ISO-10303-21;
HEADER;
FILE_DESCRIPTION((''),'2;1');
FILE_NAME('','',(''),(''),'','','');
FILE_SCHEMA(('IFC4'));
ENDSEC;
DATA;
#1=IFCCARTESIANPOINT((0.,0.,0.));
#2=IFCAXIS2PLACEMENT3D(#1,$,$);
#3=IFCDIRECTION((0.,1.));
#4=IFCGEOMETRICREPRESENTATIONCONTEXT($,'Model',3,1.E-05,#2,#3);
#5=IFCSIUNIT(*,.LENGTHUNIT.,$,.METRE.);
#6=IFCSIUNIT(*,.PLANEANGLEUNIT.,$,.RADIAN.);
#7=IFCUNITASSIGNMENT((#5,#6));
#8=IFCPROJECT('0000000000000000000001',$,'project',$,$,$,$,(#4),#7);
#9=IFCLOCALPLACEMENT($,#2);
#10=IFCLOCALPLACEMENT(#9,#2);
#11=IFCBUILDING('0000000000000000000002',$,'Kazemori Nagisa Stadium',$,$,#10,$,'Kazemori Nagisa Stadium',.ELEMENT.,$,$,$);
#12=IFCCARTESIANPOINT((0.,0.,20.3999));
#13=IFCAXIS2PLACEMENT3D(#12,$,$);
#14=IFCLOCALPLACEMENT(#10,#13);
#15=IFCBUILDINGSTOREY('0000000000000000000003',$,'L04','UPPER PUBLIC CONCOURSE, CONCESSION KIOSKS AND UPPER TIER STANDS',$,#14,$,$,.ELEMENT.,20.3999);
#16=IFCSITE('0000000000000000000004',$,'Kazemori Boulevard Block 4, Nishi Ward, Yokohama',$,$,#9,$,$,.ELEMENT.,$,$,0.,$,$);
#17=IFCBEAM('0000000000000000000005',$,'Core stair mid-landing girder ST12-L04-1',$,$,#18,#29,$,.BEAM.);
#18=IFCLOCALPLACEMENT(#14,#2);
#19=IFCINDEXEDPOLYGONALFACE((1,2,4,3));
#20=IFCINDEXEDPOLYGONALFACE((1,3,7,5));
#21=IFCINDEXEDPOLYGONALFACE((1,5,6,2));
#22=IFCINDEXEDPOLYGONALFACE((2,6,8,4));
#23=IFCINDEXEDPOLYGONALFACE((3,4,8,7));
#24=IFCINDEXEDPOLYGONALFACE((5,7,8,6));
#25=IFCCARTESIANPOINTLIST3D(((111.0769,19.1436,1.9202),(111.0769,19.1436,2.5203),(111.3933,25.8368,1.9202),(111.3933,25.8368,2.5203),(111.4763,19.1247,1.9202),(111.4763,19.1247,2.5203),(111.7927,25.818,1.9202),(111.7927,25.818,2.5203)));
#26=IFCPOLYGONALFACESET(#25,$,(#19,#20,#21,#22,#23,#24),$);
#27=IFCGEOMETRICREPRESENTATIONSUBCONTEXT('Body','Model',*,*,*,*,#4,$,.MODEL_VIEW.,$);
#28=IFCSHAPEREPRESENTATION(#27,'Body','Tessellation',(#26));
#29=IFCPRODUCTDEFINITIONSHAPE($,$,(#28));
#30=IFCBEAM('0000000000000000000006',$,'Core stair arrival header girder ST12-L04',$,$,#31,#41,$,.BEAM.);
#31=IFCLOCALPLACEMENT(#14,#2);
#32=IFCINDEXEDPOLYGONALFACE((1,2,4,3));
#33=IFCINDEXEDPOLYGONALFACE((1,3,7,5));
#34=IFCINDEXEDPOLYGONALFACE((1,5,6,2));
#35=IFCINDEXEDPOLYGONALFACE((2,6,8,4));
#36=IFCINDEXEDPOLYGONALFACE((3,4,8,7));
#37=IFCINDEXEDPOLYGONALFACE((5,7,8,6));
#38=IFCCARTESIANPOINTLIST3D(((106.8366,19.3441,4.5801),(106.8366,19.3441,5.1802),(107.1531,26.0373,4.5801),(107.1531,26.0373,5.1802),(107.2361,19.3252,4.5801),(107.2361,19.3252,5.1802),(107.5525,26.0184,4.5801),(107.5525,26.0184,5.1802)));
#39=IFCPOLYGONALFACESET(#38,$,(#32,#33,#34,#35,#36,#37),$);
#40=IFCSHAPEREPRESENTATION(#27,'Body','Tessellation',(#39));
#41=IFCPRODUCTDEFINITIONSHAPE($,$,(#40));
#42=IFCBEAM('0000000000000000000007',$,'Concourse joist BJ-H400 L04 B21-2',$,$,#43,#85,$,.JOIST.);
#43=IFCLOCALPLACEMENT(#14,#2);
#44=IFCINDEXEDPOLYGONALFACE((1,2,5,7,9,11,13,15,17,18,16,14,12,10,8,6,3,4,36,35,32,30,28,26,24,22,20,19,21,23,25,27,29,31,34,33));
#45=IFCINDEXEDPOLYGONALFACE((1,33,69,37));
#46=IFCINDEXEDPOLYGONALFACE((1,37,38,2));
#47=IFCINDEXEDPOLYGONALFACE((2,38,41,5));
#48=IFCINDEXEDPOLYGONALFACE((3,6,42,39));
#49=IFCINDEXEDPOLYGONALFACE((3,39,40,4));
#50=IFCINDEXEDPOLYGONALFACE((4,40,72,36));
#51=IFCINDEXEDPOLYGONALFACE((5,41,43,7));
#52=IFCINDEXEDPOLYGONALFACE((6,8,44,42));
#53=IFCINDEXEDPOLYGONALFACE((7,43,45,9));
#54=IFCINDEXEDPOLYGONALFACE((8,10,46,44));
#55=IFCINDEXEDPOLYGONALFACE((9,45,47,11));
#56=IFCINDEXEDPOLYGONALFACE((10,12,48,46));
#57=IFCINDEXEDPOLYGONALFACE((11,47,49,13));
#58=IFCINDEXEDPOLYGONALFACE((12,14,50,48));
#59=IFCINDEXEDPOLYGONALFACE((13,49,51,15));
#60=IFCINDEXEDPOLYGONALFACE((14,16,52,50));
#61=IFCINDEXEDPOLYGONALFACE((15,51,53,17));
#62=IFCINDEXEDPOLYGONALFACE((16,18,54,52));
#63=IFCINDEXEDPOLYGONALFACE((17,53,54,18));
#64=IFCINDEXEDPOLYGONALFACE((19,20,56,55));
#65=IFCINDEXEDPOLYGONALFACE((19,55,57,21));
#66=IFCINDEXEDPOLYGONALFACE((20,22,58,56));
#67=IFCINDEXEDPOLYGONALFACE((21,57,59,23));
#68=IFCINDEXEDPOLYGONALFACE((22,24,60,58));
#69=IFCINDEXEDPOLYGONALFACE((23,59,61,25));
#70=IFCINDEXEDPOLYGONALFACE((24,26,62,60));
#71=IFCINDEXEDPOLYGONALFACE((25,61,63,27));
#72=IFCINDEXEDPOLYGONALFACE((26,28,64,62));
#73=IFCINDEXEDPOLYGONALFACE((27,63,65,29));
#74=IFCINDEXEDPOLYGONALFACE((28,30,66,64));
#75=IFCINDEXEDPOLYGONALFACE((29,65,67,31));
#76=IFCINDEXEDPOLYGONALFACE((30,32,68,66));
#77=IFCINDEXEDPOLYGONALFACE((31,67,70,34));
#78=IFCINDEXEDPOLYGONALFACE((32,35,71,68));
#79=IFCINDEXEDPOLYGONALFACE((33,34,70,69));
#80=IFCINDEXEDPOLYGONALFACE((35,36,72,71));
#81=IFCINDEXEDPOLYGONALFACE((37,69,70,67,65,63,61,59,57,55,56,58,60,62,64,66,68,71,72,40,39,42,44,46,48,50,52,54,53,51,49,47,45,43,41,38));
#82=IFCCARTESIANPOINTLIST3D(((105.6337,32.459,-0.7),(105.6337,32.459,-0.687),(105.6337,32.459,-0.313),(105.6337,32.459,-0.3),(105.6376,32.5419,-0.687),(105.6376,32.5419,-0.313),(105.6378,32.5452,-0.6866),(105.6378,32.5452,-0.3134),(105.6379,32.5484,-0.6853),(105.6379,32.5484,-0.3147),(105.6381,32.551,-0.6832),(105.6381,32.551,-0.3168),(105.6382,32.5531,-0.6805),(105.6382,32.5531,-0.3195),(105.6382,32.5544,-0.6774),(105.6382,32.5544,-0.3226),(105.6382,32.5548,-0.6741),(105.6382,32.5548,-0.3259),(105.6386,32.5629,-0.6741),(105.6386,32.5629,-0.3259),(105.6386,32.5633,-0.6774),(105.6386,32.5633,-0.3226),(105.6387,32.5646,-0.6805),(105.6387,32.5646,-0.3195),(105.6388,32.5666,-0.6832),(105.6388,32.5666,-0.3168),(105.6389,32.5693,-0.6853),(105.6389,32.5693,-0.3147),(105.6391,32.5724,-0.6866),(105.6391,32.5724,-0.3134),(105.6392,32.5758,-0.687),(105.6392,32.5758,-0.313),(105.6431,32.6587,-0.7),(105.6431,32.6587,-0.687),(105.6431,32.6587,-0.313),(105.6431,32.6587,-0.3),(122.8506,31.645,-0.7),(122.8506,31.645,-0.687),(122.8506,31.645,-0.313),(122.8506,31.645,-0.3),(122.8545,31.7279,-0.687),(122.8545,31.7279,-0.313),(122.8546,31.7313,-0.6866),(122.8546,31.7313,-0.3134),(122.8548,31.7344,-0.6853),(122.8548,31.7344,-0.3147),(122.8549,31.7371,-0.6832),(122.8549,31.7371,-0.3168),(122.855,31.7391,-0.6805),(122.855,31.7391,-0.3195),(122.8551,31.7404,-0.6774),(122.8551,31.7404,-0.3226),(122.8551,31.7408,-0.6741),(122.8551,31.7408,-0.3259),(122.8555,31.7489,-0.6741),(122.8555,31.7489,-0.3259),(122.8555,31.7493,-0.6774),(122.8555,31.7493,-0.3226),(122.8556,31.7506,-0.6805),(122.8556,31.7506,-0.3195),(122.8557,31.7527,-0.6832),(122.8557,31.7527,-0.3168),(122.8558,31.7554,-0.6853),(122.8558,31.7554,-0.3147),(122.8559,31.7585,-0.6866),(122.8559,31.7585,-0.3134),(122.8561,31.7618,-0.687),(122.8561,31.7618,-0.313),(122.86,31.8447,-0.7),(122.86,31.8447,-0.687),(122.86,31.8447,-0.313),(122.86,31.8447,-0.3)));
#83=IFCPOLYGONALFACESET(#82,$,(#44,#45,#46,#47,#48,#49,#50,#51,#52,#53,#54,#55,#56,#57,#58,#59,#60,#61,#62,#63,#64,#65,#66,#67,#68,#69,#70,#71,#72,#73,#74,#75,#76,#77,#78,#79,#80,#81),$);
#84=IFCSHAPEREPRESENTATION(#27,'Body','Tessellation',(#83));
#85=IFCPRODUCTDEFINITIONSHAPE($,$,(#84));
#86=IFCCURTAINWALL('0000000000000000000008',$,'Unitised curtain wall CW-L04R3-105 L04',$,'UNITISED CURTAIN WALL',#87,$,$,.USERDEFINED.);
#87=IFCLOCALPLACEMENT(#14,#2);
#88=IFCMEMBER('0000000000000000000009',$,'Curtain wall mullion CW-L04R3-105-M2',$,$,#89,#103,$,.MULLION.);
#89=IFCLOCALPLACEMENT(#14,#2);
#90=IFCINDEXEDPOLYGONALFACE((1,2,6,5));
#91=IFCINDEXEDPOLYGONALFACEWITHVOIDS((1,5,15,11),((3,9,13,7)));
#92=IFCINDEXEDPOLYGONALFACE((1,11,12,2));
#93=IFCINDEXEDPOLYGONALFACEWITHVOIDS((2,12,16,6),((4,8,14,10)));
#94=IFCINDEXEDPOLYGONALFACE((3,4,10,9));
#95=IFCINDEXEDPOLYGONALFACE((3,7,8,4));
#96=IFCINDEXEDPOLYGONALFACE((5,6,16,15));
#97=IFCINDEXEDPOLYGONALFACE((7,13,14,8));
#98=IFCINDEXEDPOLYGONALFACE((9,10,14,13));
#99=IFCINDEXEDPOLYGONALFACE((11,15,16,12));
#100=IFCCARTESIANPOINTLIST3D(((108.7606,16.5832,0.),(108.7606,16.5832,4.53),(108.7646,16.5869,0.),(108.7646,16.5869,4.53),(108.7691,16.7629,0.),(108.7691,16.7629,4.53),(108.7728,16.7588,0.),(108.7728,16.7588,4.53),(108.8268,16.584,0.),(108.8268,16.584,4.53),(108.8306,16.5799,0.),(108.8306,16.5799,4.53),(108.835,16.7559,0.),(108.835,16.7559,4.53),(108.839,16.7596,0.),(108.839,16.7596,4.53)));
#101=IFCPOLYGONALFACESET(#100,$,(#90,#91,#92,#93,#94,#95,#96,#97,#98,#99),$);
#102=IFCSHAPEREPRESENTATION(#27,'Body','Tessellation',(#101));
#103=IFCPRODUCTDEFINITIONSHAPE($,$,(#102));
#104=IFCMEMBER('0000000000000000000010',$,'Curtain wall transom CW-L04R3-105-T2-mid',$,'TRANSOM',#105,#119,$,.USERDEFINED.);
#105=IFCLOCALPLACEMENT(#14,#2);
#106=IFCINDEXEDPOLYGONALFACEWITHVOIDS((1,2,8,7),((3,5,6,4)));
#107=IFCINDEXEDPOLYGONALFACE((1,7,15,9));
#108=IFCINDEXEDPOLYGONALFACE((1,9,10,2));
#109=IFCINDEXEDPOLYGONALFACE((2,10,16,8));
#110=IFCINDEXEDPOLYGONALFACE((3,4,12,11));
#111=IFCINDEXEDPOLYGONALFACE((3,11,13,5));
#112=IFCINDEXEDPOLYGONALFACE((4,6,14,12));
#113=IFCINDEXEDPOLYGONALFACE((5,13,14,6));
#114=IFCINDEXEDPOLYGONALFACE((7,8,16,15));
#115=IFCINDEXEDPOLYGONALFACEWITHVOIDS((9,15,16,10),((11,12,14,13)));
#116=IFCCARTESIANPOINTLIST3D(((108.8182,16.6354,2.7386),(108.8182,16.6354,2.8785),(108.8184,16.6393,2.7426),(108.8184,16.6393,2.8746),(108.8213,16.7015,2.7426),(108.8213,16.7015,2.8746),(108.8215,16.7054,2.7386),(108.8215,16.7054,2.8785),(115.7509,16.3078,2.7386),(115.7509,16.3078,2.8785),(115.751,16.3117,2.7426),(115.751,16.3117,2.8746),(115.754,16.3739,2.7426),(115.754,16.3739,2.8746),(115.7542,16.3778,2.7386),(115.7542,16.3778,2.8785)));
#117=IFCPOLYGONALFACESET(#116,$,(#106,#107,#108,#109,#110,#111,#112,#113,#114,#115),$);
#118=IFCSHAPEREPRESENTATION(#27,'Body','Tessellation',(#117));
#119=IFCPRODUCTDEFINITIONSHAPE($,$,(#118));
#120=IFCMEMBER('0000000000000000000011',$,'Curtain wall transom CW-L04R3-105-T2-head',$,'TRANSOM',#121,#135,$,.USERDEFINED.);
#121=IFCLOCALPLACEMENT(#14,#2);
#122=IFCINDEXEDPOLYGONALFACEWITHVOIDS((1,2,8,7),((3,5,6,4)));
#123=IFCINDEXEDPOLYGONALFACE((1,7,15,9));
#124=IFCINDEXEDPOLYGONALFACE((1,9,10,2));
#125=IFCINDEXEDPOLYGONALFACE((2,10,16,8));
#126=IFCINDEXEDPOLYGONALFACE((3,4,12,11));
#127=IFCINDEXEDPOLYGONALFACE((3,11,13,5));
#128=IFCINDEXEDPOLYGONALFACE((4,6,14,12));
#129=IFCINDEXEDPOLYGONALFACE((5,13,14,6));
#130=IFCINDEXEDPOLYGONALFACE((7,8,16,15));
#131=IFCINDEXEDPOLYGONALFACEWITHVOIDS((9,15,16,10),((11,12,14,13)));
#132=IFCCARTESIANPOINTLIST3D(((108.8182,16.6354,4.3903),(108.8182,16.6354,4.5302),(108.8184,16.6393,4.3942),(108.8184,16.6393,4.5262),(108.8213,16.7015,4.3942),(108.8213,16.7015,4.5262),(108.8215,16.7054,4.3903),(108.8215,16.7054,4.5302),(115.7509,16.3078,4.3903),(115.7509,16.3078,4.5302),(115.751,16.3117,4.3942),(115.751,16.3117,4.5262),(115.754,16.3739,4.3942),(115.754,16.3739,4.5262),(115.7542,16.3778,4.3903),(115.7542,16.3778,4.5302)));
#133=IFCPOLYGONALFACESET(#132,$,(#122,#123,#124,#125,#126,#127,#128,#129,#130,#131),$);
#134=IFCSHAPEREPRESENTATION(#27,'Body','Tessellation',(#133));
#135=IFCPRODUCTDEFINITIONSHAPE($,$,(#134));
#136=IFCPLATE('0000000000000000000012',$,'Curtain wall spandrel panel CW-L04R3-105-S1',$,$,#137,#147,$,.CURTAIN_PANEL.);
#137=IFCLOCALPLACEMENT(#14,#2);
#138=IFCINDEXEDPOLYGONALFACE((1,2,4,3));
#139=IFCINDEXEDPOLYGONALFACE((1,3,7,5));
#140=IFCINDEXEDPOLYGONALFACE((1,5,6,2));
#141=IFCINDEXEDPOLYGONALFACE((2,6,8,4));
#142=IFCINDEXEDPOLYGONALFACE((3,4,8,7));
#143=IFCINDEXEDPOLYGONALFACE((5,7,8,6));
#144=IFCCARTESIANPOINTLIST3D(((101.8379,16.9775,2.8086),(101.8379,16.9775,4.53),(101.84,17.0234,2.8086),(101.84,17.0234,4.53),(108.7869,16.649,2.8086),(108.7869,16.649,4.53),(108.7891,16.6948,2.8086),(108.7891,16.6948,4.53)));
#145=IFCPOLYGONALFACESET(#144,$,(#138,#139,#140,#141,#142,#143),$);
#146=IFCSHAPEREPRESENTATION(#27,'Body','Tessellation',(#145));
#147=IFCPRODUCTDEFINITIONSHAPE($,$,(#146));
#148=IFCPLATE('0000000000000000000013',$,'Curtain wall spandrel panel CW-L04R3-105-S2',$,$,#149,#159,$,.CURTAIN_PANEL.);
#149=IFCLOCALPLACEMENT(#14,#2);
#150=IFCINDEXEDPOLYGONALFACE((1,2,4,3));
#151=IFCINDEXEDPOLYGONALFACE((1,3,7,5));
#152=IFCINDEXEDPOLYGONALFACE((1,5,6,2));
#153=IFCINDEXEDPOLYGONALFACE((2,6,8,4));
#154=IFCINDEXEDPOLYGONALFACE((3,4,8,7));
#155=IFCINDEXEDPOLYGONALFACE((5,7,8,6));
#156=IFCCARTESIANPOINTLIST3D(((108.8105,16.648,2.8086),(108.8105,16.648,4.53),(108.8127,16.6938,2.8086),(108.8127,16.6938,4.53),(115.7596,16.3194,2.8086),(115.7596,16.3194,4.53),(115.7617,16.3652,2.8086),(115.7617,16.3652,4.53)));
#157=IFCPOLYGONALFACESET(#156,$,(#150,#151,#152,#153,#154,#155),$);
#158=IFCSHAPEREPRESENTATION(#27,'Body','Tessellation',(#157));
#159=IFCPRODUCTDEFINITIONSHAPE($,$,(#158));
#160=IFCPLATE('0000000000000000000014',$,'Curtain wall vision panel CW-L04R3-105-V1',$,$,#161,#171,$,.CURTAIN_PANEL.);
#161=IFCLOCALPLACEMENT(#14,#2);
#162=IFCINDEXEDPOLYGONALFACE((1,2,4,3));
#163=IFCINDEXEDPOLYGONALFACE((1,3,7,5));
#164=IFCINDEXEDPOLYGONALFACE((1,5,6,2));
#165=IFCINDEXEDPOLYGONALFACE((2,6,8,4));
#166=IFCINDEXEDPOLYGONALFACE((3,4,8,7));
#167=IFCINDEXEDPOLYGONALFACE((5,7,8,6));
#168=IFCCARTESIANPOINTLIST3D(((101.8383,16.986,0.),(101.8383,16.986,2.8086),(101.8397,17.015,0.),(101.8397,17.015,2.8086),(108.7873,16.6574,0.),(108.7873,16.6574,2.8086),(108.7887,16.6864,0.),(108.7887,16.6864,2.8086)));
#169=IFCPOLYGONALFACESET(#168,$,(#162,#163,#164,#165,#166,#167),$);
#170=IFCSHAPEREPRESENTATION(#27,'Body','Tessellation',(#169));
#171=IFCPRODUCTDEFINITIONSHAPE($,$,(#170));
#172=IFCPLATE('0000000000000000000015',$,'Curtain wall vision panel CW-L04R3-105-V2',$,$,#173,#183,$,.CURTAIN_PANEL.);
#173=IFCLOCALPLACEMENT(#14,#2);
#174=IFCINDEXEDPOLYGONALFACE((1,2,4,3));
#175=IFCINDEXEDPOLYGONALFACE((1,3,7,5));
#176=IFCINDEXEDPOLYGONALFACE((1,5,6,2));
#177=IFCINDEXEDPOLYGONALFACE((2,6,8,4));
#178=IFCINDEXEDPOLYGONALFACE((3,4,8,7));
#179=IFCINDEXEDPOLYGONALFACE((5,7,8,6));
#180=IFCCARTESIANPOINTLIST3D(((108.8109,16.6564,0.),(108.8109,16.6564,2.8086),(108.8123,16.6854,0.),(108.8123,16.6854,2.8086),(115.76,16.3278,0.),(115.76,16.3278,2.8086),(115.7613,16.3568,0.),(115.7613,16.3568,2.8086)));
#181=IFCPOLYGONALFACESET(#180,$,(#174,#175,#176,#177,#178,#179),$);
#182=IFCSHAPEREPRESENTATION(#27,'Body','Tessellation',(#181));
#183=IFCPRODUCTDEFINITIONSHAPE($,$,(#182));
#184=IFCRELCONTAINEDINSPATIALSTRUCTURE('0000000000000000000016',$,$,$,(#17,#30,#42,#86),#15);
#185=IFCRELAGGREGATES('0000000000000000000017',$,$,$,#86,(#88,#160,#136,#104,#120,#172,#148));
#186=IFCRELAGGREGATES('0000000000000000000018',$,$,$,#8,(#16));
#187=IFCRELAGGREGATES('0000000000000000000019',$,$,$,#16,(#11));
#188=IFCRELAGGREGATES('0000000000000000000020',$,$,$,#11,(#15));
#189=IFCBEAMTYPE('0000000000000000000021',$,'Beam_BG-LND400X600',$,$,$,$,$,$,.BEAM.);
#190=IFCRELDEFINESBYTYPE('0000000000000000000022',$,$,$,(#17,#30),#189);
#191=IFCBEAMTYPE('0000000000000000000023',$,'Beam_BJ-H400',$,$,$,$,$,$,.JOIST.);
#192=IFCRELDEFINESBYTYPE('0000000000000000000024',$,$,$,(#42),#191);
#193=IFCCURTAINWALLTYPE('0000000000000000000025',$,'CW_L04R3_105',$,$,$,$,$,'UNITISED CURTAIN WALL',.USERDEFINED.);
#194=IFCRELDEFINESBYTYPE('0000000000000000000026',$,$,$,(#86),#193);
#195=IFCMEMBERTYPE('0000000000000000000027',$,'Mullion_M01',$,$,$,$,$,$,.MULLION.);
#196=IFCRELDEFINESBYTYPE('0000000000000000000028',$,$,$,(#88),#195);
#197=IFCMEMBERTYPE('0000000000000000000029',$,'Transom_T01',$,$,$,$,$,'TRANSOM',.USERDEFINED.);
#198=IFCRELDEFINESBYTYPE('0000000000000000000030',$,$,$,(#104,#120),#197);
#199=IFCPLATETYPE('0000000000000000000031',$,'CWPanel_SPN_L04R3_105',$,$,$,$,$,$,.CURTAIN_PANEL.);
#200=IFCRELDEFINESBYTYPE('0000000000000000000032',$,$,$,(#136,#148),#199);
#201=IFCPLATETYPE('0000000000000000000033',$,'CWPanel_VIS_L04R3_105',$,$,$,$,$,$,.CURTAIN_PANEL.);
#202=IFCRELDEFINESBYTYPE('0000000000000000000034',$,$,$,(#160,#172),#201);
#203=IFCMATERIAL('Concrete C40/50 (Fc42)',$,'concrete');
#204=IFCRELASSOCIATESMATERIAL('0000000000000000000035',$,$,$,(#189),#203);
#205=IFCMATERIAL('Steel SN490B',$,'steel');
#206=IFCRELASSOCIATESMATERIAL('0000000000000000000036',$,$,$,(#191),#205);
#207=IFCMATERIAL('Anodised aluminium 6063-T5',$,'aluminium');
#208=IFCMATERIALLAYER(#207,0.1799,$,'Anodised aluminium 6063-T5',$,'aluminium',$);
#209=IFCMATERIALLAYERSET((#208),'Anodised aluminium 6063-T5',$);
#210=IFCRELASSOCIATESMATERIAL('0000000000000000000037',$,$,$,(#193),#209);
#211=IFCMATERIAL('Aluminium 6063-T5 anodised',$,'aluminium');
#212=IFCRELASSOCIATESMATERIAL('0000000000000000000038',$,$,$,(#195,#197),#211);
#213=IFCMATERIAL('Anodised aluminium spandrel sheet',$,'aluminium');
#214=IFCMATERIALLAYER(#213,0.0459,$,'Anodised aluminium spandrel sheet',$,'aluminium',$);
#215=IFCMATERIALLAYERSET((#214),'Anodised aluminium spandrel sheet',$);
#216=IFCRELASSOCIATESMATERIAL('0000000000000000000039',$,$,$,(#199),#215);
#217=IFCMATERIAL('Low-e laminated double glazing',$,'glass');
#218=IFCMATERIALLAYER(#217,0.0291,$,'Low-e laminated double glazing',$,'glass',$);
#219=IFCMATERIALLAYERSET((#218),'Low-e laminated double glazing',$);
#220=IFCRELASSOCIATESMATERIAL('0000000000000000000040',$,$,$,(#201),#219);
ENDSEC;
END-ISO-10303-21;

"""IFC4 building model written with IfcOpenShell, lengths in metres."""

from ifc_helpers import new_model, si_unit, direction, frame, origin, origin_2d, place, context, subcontext, project, spatial, rectangle, hollow_rectangle, i_section, extrude, material, layer, layer_set, material_profile, profile_set, type_object, element, aggregate, save


model = new_model("IFC4")

# Units and contexts
model_context = context("Model", 3, precision=1e-05, world=origin(), true_north=direction((0.0, 1.0)))
body_context = subcontext(model_context, "Body", "Model", "MODEL_VIEW")
ifc_project = project(units=[si_unit("LENGTHUNIT", "METRE"), si_unit("PLANEANGLEUNIT", "RADIAN")], contexts=[model_context])

# Site, building, storey
site_placement = place(None, origin())
site = spatial("IfcSite", under=ifc_project, at=site_placement, Name="Kazemori Boulevard Block 4, Nishi Ward, Yokohama", CompositionType="ELEMENT", RefElevation=0.0)
building_placement = place(site_placement, origin())
building = spatial("IfcBuilding", under=site, at=building_placement, Name="Kazemori Nagisa Stadium", LongName="Kazemori Nagisa Stadium", CompositionType="ELEMENT")
storey_placement = place(building_placement, frame((0.0, 0.0, 20.3999)))
storey = spatial("IfcBuildingStorey", under=building, at=storey_placement, Name="L04", Description="UPPER PUBLIC CONCOURSE, CONCESSION KIOSKS AND UPPER TIER STANDS", CompositionType="ELEMENT", Elevation=20.3999)

# Beams
ifc_material_1 = material(Name="Concrete C40/50 (Fc42)", Category="concrete")
ifc_material_profile_1 = material_profile(ifc_material_1, rectangle(XDim=0.3999, YDim=0.6001, at=origin_2d()), Name="RC-BM-400x600")
ifc_profile_set_1 = profile_set([ifc_material_profile_1], Name="Concrete C40/50 (Fc42)")
beam_type_1 = type_object("IfcBeamType", Name="Beam_BG-LND400X600", PredefinedType="BEAM", material=ifc_profile_set_1)
for number, where, z_axis, x_axis, name in (
    (1, (111.593, 25.8274, 2.2202), (-0.047221, -0.998884, 0.0), (0.998884, -0.047221, 0.0), "Core stair mid-landing girder ST12-L04-1"),
    (2, (107.3528, 26.0278, 4.8801), (-0.047221, -0.998884, 0.0), (0.998884, -0.047221, 0.0), "Core stair arrival header girder ST12-L04"),
):
    element("IfcBeam", number, at=place(storey_placement, frame(where, z_axis=z_axis, x_axis=x_axis)), inside=storey, type_object=beam_type_1, Name=name, PredefinedType="BEAM", context=body_context, shape_type="SweptSolid", body=[
        extrude(rectangle(XDim=0.3999, YDim=0.6001, at=origin_2d()), origin(), (0.0, 0.0, 1.0), 6.7007),
    ])
ifc_material_2 = material(Name="Steel SN490B", Category="steel")
ifc_material_profile_2 = material_profile(ifc_material_2, i_section(OverallWidth=0.2, OverallDepth=0.3999, WebThickness=0.0081, FlangeThickness=0.0129, FilletRadius=0.0129, at=origin_2d()), Name="H-400x200x8x13")
ifc_profile_set_2 = profile_set([ifc_material_profile_2], Name="Steel SN490B")
beam_type_2 = type_object("IfcBeamType", Name="Beam_BJ-H400", PredefinedType="JOIST", material=ifc_profile_set_2)
beam_placement = place(storey_placement, frame((105.6384, 32.5588, -0.5), z_axis=(0.998884, -0.047225, 0.0), x_axis=(0.047225, 0.998884, 0.0)))
element("IfcBeam", 3, at=beam_placement, inside=storey, type_object=beam_type_2, Name="Concourse joist BJ-H400 L04 B21-2", PredefinedType="JOIST", context=body_context, shape_type="SweptSolid", body=[
    extrude(i_section(OverallWidth=0.2, OverallDepth=0.3999, WebThickness=0.0081, FlangeThickness=0.0129, FilletRadius=0.0129, at=origin_2d()), origin(), (0.0, 0.0, 1.0), 17.2361),
])

# Curtain wall, members, plates
ifc_material_3 = material(Name="Anodised aluminium 6063-T5", Category="aluminium")
ifc_layer_1 = layer(ifc_material_3, 0.1799, Name="Anodised aluminium 6063-T5", Category="aluminium")
ifc_layer_set_1 = layer_set([ifc_layer_1], Name="Anodised aluminium 6063-T5")
curtain_wall_type = type_object("IfcCurtainWallType", Name="CW_L04R3_105", ElementType="UNITISED CURTAIN WALL", PredefinedType="USERDEFINED", material=ifc_layer_set_1)
curtain_wall_placement = place(storey_placement, origin())
curtain_wall = element("IfcCurtainWall", 4, at=curtain_wall_placement, inside=storey, type_object=curtain_wall_type, Name="Unitised curtain wall CW-L04R3-105 L04", ObjectType="UNITISED CURTAIN WALL", PredefinedType="USERDEFINED")
ifc_material_4 = material(Name="Aluminium 6063-T5 anodised", Category="aluminium")
ifc_material_profile_3 = material_profile(ifc_material_4, hollow_rectangle(XDim=0.0701, YDim=0.1799, WallThickness=0.0039, at=origin_2d()), Name="ALU-MULL-70x180x4")
ifc_profile_set_3 = profile_set([ifc_material_profile_3], Name="Aluminium 6063-T5 anodised")
member_type_1 = type_object("IfcMemberType", Name="Mullion_M01", PredefinedType="MULLION", material=ifc_profile_set_3)
member_1_placement = place(storey_placement, frame((108.7998, 16.6714, 0.0), z_axis=(0.0, 0.0, 1.0), x_axis=(0.998884, -0.04723, 0.0)))
member_1 = element("IfcMember", 5, at=member_1_placement, type_object=member_type_1, Name="Curtain wall mullion CW-L04R3-105-M2", PredefinedType="MULLION", context=body_context, shape_type="SweptSolid", body=[
    extrude(hollow_rectangle(XDim=0.0701, YDim=0.1799, WallThickness=0.0039, at=origin_2d()), origin(), (0.0, 0.0, 1.0), 4.53),
])
ifc_material_profile_4 = material_profile(ifc_material_4, hollow_rectangle(XDim=0.0701, YDim=0.1399, WallThickness=0.0039, at=origin_2d()), Name="ALU-TRAN-70x140x4")
ifc_profile_set_4 = profile_set([ifc_material_profile_4], Name="Aluminium 6063-T5 anodised")
member_type_2 = type_object("IfcMemberType", Name="Transom_T01", ElementType="TRANSOM", PredefinedType="USERDEFINED", material=ifc_profile_set_4)
member_2_placement = place(storey_placement, frame((108.8198, 16.6704, 2.8086), z_axis=(0.998885, -0.047207, 0.0), x_axis=(0.047207, 0.998885, 0.0)))
member_2 = element("IfcMember", 6, at=member_2_placement, type_object=member_type_2, Name="Curtain wall transom CW-L04R3-105-T2-mid", ObjectType="TRANSOM", PredefinedType="USERDEFINED", context=body_context, shape_type="SweptSolid", body=[
    extrude(hollow_rectangle(XDim=0.0701, YDim=0.1399, WallThickness=0.0039, at=origin_2d()), origin(), (0.0, 0.0, 1.0), 6.9404),
])
member_3_placement = place(storey_placement, frame((108.8198, 16.6704, 4.4602), z_axis=(0.998885, -0.047207, 0.0), x_axis=(0.047207, 0.998885, 0.0)))
member_3 = element("IfcMember", 7, at=member_3_placement, type_object=member_type_2, Name="Curtain wall transom CW-L04R3-105-T2-head", ObjectType="TRANSOM", PredefinedType="USERDEFINED", context=body_context, shape_type="SweptSolid", body=[
    extrude(hollow_rectangle(XDim=0.0701, YDim=0.1399, WallThickness=0.0039, at=origin_2d()), origin(), (0.0, 0.0, 1.0), 6.9404),
])
ifc_material_5 = material(Name="Anodised aluminium spandrel sheet", Category="aluminium")
ifc_layer_2 = layer(ifc_material_5, 0.0459, Name="Anodised aluminium spandrel sheet", Category="aluminium")
ifc_layer_set_2 = layer_set([ifc_layer_2], Name="Anodised aluminium spandrel sheet")
plate_type_1 = type_object("IfcPlateType", Name="CWPanel_SPN_L04R3_105", PredefinedType="CURTAIN_PANEL", material=ifc_layer_set_2)
plate_1_placement = place(storey_placement, frame((105.3135, 16.8362, 2.8086), z_axis=(0.0, 0.0, 1.0), x_axis=(0.998884, -0.04723, 0.0)))
plate_1 = element("IfcPlate", 8, at=plate_1_placement, type_object=plate_type_1, Name="Curtain wall spandrel panel CW-L04R3-105-S1", PredefinedType="CURTAIN_PANEL", context=body_context, shape_type="SweptSolid", body=[
    extrude(rectangle(XDim=6.9568, YDim=0.0459, at=origin_2d()), origin(), (0.0, 0.0, 1.0), 1.7214),
])
plate_2_placement = place(storey_placement, frame((112.2861, 16.5066, 2.8086), z_axis=(0.0, 0.0, 1.0), x_axis=(0.998884, -0.04723, 0.0)))
plate_2 = element("IfcPlate", 9, at=plate_2_placement, type_object=plate_type_1, Name="Curtain wall spandrel panel CW-L04R3-105-S2", PredefinedType="CURTAIN_PANEL", context=body_context, shape_type="SweptSolid", body=[
    extrude(rectangle(XDim=6.9568, YDim=0.0459, at=origin_2d()), origin(), (0.0, 0.0, 1.0), 1.7214),
])
ifc_material_6 = material(Name="Low-e laminated double glazing", Category="glass")
ifc_layer_3 = layer(ifc_material_6, 0.0291, Name="Low-e laminated double glazing", Category="glass")
ifc_layer_set_3 = layer_set([ifc_layer_3], Name="Low-e laminated double glazing")
plate_type_2 = type_object("IfcPlateType", Name="CWPanel_VIS_L04R3_105", PredefinedType="CURTAIN_PANEL", material=ifc_layer_set_3)
plate_3_placement = place(storey_placement, frame((105.3135, 16.8362, 0.0), z_axis=(0.0, 0.0, 1.0), x_axis=(0.998884, -0.04723, 0.0)))
plate_3 = element("IfcPlate", 10, at=plate_3_placement, type_object=plate_type_2, Name="Curtain wall vision panel CW-L04R3-105-V1", PredefinedType="CURTAIN_PANEL", context=body_context, shape_type="SweptSolid", body=[
    extrude(rectangle(XDim=6.9568, YDim=0.0291, at=origin_2d()), origin(), (0.0, 0.0, 1.0), 2.8086),
])
plate_4_placement = place(storey_placement, frame((112.2861, 16.5066, 0.0), z_axis=(0.0, 0.0, 1.0), x_axis=(0.998884, -0.04723, 0.0)))
plate_4 = element("IfcPlate", 11, at=plate_4_placement, type_object=plate_type_2, Name="Curtain wall vision panel CW-L04R3-105-V2", PredefinedType="CURTAIN_PANEL", context=body_context, shape_type="SweptSolid", body=[
    extrude(rectangle(XDim=6.9568, YDim=0.0291, at=origin_2d()), origin(), (0.0, 0.0, 1.0), 2.8086),
])
aggregate(curtain_wall, [member_1, plate_3, plate_1, member_2, member_3, plate_4, plate_2])

save(model, "model.ifc")
